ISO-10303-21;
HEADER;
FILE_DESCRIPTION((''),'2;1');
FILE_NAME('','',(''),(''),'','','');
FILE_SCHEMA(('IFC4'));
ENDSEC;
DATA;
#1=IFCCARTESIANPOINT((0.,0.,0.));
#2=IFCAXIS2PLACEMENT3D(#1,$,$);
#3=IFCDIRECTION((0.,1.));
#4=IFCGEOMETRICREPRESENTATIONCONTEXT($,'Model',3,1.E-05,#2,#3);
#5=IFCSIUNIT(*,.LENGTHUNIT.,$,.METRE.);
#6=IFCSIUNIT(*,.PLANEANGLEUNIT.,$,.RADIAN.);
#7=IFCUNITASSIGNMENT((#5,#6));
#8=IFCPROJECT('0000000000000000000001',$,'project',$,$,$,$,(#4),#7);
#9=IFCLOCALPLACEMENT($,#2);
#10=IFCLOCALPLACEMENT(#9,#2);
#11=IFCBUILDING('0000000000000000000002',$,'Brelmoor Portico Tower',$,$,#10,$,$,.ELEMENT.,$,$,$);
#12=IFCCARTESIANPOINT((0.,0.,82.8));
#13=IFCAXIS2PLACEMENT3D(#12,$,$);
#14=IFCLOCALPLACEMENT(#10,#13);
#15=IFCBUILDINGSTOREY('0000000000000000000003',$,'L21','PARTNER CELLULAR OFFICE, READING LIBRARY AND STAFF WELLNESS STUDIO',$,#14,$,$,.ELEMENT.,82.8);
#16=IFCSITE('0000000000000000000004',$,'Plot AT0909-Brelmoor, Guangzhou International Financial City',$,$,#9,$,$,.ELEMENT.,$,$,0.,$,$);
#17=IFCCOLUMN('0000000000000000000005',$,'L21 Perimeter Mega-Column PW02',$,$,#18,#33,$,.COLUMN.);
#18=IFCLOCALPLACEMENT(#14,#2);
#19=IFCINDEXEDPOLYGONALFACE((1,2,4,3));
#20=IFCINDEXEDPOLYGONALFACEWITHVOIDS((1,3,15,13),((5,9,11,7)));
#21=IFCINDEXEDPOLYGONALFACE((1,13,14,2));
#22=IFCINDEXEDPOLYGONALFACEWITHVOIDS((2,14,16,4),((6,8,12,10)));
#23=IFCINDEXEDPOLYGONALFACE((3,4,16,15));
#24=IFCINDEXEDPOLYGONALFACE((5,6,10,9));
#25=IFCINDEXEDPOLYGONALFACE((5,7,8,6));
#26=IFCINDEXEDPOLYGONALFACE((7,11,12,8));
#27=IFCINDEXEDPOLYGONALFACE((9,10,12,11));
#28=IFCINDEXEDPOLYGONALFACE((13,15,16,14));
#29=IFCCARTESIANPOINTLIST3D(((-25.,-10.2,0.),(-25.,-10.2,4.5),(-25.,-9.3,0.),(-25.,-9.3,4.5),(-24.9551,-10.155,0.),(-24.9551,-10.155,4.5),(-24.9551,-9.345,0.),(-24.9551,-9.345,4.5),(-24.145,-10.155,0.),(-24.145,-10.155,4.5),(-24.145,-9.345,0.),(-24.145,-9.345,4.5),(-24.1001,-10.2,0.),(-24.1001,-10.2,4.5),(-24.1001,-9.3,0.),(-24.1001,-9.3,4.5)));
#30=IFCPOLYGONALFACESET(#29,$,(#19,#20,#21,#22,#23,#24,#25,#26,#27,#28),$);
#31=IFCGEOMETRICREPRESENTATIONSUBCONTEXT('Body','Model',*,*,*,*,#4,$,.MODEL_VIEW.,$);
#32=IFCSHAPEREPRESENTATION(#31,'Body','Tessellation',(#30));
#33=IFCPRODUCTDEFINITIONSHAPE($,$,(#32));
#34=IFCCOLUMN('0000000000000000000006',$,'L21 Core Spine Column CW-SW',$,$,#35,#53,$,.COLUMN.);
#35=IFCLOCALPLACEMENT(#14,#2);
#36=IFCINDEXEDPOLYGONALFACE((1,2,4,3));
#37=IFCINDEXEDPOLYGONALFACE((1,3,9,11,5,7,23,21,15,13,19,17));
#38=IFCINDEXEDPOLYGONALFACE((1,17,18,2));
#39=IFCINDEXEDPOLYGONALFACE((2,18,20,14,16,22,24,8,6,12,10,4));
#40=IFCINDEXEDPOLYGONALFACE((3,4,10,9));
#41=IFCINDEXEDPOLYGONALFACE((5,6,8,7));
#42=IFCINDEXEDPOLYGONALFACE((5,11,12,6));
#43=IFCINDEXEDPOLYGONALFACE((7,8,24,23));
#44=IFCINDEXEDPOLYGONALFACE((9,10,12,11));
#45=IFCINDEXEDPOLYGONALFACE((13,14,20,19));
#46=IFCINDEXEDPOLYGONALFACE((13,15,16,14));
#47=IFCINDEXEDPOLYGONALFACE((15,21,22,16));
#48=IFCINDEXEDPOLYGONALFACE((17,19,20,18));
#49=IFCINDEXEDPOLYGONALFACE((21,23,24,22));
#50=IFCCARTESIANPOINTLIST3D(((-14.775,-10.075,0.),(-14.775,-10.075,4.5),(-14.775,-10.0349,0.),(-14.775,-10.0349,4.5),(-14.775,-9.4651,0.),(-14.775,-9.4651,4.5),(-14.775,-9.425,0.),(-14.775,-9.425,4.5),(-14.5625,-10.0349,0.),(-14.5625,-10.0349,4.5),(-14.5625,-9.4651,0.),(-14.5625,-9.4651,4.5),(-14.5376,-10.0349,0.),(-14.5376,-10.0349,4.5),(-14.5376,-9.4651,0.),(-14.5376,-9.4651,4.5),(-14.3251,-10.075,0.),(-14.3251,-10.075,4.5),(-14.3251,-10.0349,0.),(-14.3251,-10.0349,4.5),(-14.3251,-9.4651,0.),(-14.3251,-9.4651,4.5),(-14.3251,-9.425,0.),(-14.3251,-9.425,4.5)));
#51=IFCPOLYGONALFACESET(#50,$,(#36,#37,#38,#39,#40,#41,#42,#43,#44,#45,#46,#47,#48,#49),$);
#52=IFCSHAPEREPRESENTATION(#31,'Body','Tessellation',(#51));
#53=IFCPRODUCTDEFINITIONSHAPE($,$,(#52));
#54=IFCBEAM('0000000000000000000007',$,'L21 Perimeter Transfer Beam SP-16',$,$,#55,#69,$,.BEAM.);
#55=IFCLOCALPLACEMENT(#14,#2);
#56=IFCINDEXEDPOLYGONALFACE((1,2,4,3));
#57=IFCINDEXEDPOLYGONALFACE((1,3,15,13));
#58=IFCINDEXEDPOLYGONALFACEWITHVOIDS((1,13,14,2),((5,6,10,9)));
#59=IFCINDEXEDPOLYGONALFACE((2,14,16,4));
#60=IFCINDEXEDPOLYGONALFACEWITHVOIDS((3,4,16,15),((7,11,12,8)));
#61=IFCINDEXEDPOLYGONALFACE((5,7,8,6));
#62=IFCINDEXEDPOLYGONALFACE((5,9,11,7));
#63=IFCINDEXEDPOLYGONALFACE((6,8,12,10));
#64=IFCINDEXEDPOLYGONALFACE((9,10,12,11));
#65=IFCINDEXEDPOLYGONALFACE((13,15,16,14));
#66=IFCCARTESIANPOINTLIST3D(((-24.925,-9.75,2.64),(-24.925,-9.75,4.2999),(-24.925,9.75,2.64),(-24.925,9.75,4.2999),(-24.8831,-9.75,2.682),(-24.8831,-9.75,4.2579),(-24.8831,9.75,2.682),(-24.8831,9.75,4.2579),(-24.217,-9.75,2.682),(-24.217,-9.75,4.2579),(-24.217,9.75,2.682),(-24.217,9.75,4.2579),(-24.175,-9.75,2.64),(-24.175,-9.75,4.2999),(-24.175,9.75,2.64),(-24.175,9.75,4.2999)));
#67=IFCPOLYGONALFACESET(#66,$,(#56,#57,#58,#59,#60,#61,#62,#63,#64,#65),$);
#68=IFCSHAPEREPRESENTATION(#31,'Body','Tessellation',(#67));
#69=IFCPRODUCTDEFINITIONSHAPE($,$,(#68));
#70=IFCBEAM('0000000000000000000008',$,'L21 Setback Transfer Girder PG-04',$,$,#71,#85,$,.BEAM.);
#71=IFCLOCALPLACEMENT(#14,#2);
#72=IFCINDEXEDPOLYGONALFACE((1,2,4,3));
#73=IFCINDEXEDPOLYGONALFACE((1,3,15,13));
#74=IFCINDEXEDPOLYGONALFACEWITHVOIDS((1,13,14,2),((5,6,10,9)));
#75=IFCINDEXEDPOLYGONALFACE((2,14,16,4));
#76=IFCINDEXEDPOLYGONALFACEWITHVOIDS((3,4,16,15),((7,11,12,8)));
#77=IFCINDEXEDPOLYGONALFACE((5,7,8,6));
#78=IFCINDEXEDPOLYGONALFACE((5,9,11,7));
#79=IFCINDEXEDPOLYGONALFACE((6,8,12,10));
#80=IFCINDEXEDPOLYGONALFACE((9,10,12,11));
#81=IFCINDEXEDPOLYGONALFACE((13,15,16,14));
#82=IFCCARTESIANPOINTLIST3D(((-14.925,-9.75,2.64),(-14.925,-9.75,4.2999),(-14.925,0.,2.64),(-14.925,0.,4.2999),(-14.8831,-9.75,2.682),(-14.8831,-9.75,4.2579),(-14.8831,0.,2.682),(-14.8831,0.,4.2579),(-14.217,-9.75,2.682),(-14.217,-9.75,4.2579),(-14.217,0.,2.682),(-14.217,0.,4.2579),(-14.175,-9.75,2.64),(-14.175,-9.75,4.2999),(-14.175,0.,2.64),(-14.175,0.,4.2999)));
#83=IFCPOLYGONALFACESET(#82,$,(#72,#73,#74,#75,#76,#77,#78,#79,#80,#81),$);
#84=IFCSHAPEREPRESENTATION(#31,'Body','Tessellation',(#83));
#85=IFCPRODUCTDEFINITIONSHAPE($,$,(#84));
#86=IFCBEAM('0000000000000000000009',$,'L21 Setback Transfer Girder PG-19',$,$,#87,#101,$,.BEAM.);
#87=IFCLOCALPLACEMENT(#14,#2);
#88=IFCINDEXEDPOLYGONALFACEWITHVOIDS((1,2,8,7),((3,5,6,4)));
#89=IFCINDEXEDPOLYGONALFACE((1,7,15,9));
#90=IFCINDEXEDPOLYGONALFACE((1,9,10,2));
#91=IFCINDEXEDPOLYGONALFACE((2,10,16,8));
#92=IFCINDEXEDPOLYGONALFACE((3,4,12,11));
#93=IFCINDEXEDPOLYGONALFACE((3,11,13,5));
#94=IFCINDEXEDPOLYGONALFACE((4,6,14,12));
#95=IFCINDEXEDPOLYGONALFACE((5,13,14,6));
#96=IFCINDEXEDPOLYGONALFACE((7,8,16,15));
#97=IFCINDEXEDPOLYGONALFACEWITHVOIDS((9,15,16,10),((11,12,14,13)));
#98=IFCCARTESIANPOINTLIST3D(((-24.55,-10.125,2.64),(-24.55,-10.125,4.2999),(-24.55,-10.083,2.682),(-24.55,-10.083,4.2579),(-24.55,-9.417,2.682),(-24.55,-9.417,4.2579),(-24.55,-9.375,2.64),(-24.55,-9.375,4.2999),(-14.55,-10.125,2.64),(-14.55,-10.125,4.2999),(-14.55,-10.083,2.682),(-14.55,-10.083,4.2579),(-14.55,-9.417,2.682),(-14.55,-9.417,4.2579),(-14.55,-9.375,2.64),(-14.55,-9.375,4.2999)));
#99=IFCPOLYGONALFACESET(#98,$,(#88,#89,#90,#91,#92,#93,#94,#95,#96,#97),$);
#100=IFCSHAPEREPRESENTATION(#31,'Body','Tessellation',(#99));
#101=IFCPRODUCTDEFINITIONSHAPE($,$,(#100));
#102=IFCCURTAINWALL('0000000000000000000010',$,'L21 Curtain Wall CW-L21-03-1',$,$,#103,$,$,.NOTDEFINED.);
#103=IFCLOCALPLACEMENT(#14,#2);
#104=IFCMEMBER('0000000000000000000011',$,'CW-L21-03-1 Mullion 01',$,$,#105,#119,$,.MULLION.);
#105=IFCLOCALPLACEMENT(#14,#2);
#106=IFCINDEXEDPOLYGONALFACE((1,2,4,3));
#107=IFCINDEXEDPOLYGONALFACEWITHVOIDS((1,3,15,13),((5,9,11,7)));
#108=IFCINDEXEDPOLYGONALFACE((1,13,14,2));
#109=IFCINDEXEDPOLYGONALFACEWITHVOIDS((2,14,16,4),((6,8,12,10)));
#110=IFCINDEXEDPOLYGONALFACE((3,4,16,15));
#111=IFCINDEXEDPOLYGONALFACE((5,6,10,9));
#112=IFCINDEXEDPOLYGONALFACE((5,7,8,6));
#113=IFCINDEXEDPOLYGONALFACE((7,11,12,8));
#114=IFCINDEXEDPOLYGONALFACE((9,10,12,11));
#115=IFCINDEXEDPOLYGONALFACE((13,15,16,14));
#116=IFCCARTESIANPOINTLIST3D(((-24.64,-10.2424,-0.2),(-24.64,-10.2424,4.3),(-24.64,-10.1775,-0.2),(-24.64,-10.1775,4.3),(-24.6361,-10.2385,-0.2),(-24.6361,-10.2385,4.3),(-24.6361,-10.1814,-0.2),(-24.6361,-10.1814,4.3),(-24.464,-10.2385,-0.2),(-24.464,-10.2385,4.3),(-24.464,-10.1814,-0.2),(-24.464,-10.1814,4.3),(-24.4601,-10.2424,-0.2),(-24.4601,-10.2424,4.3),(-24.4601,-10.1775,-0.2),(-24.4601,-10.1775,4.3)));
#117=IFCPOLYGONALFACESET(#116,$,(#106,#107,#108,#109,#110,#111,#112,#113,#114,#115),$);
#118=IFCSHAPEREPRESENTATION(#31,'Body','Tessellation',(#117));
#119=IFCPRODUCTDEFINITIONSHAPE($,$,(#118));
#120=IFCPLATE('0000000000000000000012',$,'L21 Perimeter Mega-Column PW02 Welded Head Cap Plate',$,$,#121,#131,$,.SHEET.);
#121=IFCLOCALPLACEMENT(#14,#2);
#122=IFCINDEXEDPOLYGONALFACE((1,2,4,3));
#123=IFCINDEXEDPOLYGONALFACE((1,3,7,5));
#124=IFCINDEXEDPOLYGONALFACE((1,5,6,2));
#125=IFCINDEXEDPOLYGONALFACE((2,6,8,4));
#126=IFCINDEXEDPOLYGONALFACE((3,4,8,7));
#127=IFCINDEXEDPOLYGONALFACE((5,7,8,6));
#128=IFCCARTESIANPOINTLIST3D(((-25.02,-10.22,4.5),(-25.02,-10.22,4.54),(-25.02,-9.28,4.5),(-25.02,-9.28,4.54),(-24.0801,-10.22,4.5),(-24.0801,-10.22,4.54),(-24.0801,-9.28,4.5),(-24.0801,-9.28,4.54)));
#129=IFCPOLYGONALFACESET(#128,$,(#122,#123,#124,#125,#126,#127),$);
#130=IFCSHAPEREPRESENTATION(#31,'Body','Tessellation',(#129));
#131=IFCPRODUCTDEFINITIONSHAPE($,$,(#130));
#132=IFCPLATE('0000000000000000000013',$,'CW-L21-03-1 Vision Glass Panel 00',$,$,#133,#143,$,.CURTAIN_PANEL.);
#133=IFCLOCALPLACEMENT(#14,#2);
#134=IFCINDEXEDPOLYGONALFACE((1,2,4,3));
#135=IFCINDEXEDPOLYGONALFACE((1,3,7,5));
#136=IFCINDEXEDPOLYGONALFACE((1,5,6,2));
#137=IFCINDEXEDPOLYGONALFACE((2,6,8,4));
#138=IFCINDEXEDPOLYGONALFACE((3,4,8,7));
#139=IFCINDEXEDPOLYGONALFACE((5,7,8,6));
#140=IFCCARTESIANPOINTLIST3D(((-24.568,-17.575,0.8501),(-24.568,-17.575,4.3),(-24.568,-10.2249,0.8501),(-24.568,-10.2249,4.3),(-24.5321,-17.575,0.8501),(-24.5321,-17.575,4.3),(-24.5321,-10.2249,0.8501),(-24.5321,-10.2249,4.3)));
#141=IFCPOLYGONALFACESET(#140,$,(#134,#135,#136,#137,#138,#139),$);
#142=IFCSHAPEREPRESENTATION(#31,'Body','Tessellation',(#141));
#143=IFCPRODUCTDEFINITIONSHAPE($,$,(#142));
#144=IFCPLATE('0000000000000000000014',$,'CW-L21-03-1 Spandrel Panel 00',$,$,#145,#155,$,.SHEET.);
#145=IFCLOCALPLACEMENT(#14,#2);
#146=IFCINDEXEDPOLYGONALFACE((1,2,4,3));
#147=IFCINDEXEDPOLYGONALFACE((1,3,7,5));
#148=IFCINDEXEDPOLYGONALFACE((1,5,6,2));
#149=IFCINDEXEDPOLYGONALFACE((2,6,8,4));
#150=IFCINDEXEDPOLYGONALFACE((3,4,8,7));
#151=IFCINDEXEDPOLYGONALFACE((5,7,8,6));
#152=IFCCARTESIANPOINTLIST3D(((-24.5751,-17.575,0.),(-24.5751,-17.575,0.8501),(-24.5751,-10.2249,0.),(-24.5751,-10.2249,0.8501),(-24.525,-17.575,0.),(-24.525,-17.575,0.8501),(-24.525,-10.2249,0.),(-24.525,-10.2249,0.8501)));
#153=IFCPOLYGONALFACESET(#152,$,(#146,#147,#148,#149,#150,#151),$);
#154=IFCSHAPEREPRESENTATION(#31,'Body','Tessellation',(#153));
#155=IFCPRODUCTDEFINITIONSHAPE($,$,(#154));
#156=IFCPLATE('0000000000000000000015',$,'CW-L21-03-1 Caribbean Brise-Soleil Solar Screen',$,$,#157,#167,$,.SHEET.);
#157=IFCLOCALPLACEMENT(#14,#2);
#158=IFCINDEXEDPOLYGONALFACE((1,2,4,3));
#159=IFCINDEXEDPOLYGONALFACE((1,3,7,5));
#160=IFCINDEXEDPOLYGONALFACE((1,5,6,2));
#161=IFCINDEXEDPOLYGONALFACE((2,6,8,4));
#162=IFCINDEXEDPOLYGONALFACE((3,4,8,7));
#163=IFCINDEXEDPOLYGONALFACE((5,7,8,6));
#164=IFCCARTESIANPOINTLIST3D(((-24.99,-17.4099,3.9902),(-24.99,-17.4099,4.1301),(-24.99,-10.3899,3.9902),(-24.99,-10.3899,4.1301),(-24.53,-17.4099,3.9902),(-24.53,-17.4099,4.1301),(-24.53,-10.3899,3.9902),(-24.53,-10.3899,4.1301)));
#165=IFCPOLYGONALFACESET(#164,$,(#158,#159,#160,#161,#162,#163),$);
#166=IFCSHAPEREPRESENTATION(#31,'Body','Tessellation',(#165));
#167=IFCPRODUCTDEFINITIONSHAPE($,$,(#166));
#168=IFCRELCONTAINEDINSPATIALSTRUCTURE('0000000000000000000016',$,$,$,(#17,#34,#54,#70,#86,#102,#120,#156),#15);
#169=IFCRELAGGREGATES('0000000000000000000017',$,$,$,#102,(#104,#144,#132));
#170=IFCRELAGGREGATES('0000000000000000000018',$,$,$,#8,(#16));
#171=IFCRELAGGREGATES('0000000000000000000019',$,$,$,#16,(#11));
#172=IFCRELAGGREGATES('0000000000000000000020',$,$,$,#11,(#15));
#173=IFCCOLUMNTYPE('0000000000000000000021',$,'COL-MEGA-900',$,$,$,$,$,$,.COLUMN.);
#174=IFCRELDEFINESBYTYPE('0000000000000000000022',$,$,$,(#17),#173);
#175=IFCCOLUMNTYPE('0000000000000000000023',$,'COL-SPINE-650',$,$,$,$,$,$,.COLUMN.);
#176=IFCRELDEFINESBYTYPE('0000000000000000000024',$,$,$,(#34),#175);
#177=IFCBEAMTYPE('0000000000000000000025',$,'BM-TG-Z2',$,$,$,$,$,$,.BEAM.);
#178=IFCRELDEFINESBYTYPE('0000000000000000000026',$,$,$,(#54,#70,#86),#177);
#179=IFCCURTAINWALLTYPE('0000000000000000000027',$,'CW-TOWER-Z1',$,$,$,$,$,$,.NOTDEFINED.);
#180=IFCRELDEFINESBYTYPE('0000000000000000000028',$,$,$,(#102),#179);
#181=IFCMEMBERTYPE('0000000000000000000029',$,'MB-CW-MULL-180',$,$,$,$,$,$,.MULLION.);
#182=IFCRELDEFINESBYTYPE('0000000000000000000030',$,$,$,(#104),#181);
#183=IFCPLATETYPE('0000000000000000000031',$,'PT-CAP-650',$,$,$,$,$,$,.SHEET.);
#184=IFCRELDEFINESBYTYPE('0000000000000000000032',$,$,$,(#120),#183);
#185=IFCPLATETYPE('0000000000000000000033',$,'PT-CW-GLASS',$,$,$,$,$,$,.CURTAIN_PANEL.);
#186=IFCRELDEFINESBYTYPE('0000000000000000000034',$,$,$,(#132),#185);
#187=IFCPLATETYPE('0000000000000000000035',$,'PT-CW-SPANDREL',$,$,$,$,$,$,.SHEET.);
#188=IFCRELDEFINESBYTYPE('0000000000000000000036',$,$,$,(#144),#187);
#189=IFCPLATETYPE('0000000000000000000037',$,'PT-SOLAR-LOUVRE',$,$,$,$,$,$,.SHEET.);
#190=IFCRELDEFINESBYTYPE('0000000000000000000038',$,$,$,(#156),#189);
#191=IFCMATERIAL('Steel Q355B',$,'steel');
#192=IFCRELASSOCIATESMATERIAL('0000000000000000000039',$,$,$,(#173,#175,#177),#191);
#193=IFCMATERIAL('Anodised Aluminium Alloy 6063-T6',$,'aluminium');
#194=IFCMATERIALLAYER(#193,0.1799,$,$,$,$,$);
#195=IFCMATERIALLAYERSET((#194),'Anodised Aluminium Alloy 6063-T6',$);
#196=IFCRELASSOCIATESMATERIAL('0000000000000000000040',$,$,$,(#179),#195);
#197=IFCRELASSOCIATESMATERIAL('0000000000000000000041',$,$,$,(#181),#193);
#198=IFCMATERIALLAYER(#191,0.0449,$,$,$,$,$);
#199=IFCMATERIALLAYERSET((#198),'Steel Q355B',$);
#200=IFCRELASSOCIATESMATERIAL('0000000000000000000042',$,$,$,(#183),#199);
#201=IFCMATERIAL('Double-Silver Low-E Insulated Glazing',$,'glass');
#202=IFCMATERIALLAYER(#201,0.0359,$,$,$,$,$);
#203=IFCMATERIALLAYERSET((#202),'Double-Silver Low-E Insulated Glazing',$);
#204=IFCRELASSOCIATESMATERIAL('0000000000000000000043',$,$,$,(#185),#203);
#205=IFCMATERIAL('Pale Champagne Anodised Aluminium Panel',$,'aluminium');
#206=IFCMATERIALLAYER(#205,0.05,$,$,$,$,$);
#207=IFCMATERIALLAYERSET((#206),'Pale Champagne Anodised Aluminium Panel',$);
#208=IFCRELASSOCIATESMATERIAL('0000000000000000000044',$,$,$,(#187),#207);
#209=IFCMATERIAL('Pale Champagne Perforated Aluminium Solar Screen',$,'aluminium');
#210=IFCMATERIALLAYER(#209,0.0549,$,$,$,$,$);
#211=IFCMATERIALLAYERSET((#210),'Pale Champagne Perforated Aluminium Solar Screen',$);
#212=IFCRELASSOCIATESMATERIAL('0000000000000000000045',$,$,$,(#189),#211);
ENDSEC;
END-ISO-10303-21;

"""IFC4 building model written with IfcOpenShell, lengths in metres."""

from ifc_helpers import new_model, si_unit, direction, frame, origin, origin_2d, place, context, subcontext, project, spatial, rectangle, hollow_rectangle, i_section, extrude, material, layer, layer_set, material_profile, profile_set, type_object, element, aggregate, save


model = new_model("IFC4")

# Units and contexts
model_context = context("Model", 3, precision=1e-05, world=origin(), true_north=direction((0.0, 1.0)))
body_context = subcontext(model_context, "Body", "Model", "MODEL_VIEW")
ifc_project = project(units=[si_unit("LENGTHUNIT", "METRE"), si_unit("PLANEANGLEUNIT", "RADIAN")], contexts=[model_context])

# Site, building, storey
site_placement = place(None, origin())
site = spatial("IfcSite", under=ifc_project, at=site_placement, Name="Plot AT0909-Brelmoor, Guangzhou International Financial City", CompositionType="ELEMENT", RefElevation=0.0)
building_placement = place(site_placement, origin())
building = spatial("IfcBuilding", under=site, at=building_placement, Name="Brelmoor Portico Tower", CompositionType="ELEMENT")
storey_placement = place(building_placement, frame((0.0, 0.0, 82.8)))
storey = spatial("IfcBuildingStorey", under=building, at=storey_placement, Name="L21", Description="PARTNER CELLULAR OFFICE, READING LIBRARY AND STAFF WELLNESS STUDIO", CompositionType="ELEMENT", Elevation=82.8)

# Columns
ifc_material_1 = material(Name="Steel Q355B", Category="steel")
ifc_material_profile_1 = material_profile(ifc_material_1, hollow_rectangle(XDim=0.8999, YDim=0.8999, WallThickness=0.0449, at=origin_2d()), Name="BOX 900x900x45")
ifc_profile_set_1 = profile_set([ifc_material_profile_1], Name="Steel Q355B")
column_type_1 = type_object("IfcColumnType", Name="COL-MEGA-900", PredefinedType="COLUMN", material=ifc_profile_set_1)
column_1_placement = place(storey_placement, frame((-24.55, -9.75, 0.0), z_axis=(0.0, 0.0, 1.0), x_axis=(0.0, 1.0, 0.0)))
element("IfcColumn", 1, at=column_1_placement, inside=storey, type_object=column_type_1, Name="L21 Perimeter Mega-Column PW02", PredefinedType="COLUMN", context=body_context, shape_type="SweptSolid", body=[
    extrude(hollow_rectangle(XDim=0.8999, YDim=0.8999, WallThickness=0.0449, at=origin_2d()), origin(), (0.0, 0.0, 1.0), 4.5),
])
ifc_material_profile_2 = material_profile(ifc_material_1, i_section(OverallWidth=0.45, OverallDepth=0.6499, WebThickness=0.0249, FlangeThickness=0.04, at=origin_2d()), Name="HW 650x450x25x40")
ifc_profile_set_2 = profile_set([ifc_material_profile_2], Name="Steel Q355B")
column_type_2 = type_object("IfcColumnType", Name="COL-SPINE-650", PredefinedType="COLUMN", material=ifc_profile_set_2)
column_2_placement = place(storey_placement, frame((-14.55, -9.75, 0.0), z_axis=(0.0, 0.0, 1.0), x_axis=(1.0, 0.0, 0.0)))
element("IfcColumn", 2, at=column_2_placement, inside=storey, type_object=column_type_2, Name="L21 Core Spine Column CW-SW", PredefinedType="COLUMN", context=body_context, shape_type="SweptSolid", body=[
    extrude(i_section(OverallWidth=0.45, OverallDepth=0.6499, WebThickness=0.0249, FlangeThickness=0.04, at=origin_2d()), origin(), (0.0, 0.0, 1.0), 4.5),
])

# Beams
ifc_material_profile_3 = material_profile(ifc_material_1, hollow_rectangle(XDim=0.75, YDim=1.6599, WallThickness=0.042, at=origin_2d()), Name="BOX 750x1660x42")
ifc_profile_set_3 = profile_set([ifc_material_profile_3], Name="Steel Q355B")
beam_type = type_object("IfcBeamType", Name="BM-TG-Z2", PredefinedType="BEAM", material=ifc_profile_set_3)
beam_1_placement = place(storey_placement, frame((-24.55, -9.75, 3.47), z_axis=(0.0, 1.0, 0.0), x_axis=(-1.0, 0.0, 0.0)))
element("IfcBeam", 3, at=beam_1_placement, inside=storey, type_object=beam_type, Name="L21 Perimeter Transfer Beam SP-16", PredefinedType="BEAM", context=body_context, shape_type="SweptSolid", body=[
    extrude(hollow_rectangle(XDim=0.75, YDim=1.6599, WallThickness=0.042, at=origin_2d()), origin(), (0.0, 0.0, 1.0), 19.5),
])
beam_2_placement = place(storey_placement, frame((-14.55, -9.75, 3.47), z_axis=(0.0, 1.0, 0.0), x_axis=(-1.0, 0.0, 0.0)))
element("IfcBeam", 4, at=beam_2_placement, inside=storey, type_object=beam_type, Name="L21 Setback Transfer Girder PG-04", PredefinedType="BEAM", context=body_context, shape_type="SweptSolid", body=[
    extrude(hollow_rectangle(XDim=0.75, YDim=1.6599, WallThickness=0.042, at=origin_2d()), origin(), (0.0, 0.0, 1.0), 9.75),
])
beam_3_placement = place(storey_placement, frame((-24.55, -9.75, 3.47), z_axis=(1.0, 0.0, 0.0), x_axis=(0.0, 1.0, 0.0)))
element("IfcBeam", 5, at=beam_3_placement, inside=storey, type_object=beam_type, Name="L21 Setback Transfer Girder PG-19", PredefinedType="BEAM", context=body_context, shape_type="SweptSolid", body=[
    extrude(hollow_rectangle(XDim=0.75, YDim=1.6599, WallThickness=0.042, at=origin_2d()), origin(), (0.0, 0.0, 1.0), 10.0),
])

# Curtain wall, member
ifc_material_2 = material(Name="Anodised Aluminium Alloy 6063-T6", Category="aluminium")
ifc_layer_1 = layer(ifc_material_2, 0.1799)
ifc_layer_set_1 = layer_set([ifc_layer_1], Name="Anodised Aluminium Alloy 6063-T6")
curtain_wall_type = type_object("IfcCurtainWallType", Name="CW-TOWER-Z1", PredefinedType="NOTDEFINED", material=ifc_layer_set_1)
curtain_wall_placement = place(storey_placement, origin())
curtain_wall = element("IfcCurtainWall", 6, at=curtain_wall_placement, inside=storey, type_object=curtain_wall_type, Name="L21 Curtain Wall CW-L21-03-1", PredefinedType="NOTDEFINED")
ifc_material_profile_4 = material_profile(ifc_material_2, hollow_rectangle(XDim=0.0649, YDim=0.1799, WallThickness=0.0039, at=origin_2d()), Name="ALU MULLION 65x180")
ifc_profile_set_4 = profile_set([ifc_material_profile_4], Name="Anodised Aluminium Alloy 6063-T6")
member_type = type_object("IfcMemberType", Name="MB-CW-MULL-180", PredefinedType="MULLION", material=ifc_profile_set_4)
member_placement = place(storey_placement, frame((-24.55, -10.21, -0.2), z_axis=(0.0, 0.0, 1.0), x_axis=(0.0, 1.0, 0.0)))
member = element("IfcMember", 7, at=member_placement, type_object=member_type, Name="CW-L21-03-1 Mullion 01", PredefinedType="MULLION", context=body_context, shape_type="SweptSolid", body=[
    extrude(hollow_rectangle(XDim=0.0649, YDim=0.1799, WallThickness=0.0039, at=origin_2d()), origin(), (0.0, 0.0, 1.0), 4.5),
])

# Plates
ifc_layer_2 = layer(ifc_material_1, 0.0449)
ifc_layer_set_2 = layer_set([ifc_layer_2], Name="Steel Q355B")
plate_type_1 = type_object("IfcPlateType", Name="PT-CAP-650", PredefinedType="SHEET", material=ifc_layer_set_2)
plate_1_placement = place(storey_placement, frame((-24.55, -9.75, 4.5), z_axis=(0.0, 0.0, 1.0), x_axis=(0.0, 1.0, 0.0)))
element("IfcPlate", 8, at=plate_1_placement, inside=storey, type_object=plate_type_1, Name="L21 Perimeter Mega-Column PW02 Welded Head Cap Plate", PredefinedType="SHEET", context=body_context, shape_type="SweptSolid", body=[
    extrude(rectangle(XDim=0.9399, YDim=0.9399, at=origin_2d()), origin(), (0.0, 0.0, 1.0), 0.04),
])
ifc_material_3 = material(Name="Double-Silver Low-E Insulated Glazing", Category="glass")
ifc_layer_3 = layer(ifc_material_3, 0.0359)
ifc_layer_set_3 = layer_set([ifc_layer_3], Name="Double-Silver Low-E Insulated Glazing")
plate_type_2 = type_object("IfcPlateType", Name="PT-CW-GLASS", PredefinedType="CURTAIN_PANEL", material=ifc_layer_set_3)
plate_2_placement = place(storey_placement, frame((-24.55, -13.8999, 0.8501), z_axis=(0.0, 0.0, 1.0), x_axis=(0.0, 1.0, 0.0)))
plate_2 = element("IfcPlate", 9, at=plate_2_placement, type_object=plate_type_2, Name="CW-L21-03-1 Vision Glass Panel 00", PredefinedType="CURTAIN_PANEL", context=body_context, shape_type="SweptSolid", body=[
    extrude(rectangle(XDim=7.3501, YDim=0.0359, at=origin_2d()), origin(), (0.0, 0.0, 1.0), 3.45),
])
ifc_material_4 = material(Name="Pale Champagne Anodised Aluminium Panel", Category="aluminium")
ifc_layer_4 = layer(ifc_material_4, 0.05)
ifc_layer_set_4 = layer_set([ifc_layer_4], Name="Pale Champagne Anodised Aluminium Panel")
plate_type_3 = type_object("IfcPlateType", Name="PT-CW-SPANDREL", PredefinedType="SHEET", material=ifc_layer_set_4)
plate_3_placement = place(storey_placement, frame((-24.55, -13.8999, 0.0), z_axis=(0.0, 0.0, 1.0), x_axis=(0.0, 1.0, 0.0)))
plate_3 = element("IfcPlate", 10, at=plate_3_placement, type_object=plate_type_3, Name="CW-L21-03-1 Spandrel Panel 00", PredefinedType="SHEET", context=body_context, shape_type="SweptSolid", body=[
    extrude(rectangle(XDim=7.3501, YDim=0.05, at=origin_2d()), origin(), (0.0, 0.0, 1.0), 0.8501),
])
aggregate(curtain_wall, [member, plate_3, plate_2])
ifc_material_5 = material(Name="Pale Champagne Perforated Aluminium Solar Screen", Category="aluminium")
ifc_layer_5 = layer(ifc_material_5, 0.0549)
ifc_layer_set_5 = layer_set([ifc_layer_5], Name="Pale Champagne Perforated Aluminium Solar Screen")
plate_type_4 = type_object("IfcPlateType", Name="PT-SOLAR-LOUVRE", PredefinedType="SHEET", material=ifc_layer_set_5)
plate_4_placement = place(storey_placement, frame((-24.76, -13.8999, 3.9902), z_axis=(0.0, 0.0, 1.0), x_axis=(0.0, 1.0, 0.0)))
element("IfcPlate", 11, at=plate_4_placement, inside=storey, type_object=plate_type_4, Name="CW-L21-03-1 Caribbean Brise-Soleil Solar Screen", PredefinedType="SHEET", context=body_context, shape_type="SweptSolid", body=[
    extrude(rectangle(XDim=7.02, YDim=0.46, at=origin_2d()), origin(), (0.0, 0.0, 1.0), 0.1399),
])

save(model, "model.ifc")
